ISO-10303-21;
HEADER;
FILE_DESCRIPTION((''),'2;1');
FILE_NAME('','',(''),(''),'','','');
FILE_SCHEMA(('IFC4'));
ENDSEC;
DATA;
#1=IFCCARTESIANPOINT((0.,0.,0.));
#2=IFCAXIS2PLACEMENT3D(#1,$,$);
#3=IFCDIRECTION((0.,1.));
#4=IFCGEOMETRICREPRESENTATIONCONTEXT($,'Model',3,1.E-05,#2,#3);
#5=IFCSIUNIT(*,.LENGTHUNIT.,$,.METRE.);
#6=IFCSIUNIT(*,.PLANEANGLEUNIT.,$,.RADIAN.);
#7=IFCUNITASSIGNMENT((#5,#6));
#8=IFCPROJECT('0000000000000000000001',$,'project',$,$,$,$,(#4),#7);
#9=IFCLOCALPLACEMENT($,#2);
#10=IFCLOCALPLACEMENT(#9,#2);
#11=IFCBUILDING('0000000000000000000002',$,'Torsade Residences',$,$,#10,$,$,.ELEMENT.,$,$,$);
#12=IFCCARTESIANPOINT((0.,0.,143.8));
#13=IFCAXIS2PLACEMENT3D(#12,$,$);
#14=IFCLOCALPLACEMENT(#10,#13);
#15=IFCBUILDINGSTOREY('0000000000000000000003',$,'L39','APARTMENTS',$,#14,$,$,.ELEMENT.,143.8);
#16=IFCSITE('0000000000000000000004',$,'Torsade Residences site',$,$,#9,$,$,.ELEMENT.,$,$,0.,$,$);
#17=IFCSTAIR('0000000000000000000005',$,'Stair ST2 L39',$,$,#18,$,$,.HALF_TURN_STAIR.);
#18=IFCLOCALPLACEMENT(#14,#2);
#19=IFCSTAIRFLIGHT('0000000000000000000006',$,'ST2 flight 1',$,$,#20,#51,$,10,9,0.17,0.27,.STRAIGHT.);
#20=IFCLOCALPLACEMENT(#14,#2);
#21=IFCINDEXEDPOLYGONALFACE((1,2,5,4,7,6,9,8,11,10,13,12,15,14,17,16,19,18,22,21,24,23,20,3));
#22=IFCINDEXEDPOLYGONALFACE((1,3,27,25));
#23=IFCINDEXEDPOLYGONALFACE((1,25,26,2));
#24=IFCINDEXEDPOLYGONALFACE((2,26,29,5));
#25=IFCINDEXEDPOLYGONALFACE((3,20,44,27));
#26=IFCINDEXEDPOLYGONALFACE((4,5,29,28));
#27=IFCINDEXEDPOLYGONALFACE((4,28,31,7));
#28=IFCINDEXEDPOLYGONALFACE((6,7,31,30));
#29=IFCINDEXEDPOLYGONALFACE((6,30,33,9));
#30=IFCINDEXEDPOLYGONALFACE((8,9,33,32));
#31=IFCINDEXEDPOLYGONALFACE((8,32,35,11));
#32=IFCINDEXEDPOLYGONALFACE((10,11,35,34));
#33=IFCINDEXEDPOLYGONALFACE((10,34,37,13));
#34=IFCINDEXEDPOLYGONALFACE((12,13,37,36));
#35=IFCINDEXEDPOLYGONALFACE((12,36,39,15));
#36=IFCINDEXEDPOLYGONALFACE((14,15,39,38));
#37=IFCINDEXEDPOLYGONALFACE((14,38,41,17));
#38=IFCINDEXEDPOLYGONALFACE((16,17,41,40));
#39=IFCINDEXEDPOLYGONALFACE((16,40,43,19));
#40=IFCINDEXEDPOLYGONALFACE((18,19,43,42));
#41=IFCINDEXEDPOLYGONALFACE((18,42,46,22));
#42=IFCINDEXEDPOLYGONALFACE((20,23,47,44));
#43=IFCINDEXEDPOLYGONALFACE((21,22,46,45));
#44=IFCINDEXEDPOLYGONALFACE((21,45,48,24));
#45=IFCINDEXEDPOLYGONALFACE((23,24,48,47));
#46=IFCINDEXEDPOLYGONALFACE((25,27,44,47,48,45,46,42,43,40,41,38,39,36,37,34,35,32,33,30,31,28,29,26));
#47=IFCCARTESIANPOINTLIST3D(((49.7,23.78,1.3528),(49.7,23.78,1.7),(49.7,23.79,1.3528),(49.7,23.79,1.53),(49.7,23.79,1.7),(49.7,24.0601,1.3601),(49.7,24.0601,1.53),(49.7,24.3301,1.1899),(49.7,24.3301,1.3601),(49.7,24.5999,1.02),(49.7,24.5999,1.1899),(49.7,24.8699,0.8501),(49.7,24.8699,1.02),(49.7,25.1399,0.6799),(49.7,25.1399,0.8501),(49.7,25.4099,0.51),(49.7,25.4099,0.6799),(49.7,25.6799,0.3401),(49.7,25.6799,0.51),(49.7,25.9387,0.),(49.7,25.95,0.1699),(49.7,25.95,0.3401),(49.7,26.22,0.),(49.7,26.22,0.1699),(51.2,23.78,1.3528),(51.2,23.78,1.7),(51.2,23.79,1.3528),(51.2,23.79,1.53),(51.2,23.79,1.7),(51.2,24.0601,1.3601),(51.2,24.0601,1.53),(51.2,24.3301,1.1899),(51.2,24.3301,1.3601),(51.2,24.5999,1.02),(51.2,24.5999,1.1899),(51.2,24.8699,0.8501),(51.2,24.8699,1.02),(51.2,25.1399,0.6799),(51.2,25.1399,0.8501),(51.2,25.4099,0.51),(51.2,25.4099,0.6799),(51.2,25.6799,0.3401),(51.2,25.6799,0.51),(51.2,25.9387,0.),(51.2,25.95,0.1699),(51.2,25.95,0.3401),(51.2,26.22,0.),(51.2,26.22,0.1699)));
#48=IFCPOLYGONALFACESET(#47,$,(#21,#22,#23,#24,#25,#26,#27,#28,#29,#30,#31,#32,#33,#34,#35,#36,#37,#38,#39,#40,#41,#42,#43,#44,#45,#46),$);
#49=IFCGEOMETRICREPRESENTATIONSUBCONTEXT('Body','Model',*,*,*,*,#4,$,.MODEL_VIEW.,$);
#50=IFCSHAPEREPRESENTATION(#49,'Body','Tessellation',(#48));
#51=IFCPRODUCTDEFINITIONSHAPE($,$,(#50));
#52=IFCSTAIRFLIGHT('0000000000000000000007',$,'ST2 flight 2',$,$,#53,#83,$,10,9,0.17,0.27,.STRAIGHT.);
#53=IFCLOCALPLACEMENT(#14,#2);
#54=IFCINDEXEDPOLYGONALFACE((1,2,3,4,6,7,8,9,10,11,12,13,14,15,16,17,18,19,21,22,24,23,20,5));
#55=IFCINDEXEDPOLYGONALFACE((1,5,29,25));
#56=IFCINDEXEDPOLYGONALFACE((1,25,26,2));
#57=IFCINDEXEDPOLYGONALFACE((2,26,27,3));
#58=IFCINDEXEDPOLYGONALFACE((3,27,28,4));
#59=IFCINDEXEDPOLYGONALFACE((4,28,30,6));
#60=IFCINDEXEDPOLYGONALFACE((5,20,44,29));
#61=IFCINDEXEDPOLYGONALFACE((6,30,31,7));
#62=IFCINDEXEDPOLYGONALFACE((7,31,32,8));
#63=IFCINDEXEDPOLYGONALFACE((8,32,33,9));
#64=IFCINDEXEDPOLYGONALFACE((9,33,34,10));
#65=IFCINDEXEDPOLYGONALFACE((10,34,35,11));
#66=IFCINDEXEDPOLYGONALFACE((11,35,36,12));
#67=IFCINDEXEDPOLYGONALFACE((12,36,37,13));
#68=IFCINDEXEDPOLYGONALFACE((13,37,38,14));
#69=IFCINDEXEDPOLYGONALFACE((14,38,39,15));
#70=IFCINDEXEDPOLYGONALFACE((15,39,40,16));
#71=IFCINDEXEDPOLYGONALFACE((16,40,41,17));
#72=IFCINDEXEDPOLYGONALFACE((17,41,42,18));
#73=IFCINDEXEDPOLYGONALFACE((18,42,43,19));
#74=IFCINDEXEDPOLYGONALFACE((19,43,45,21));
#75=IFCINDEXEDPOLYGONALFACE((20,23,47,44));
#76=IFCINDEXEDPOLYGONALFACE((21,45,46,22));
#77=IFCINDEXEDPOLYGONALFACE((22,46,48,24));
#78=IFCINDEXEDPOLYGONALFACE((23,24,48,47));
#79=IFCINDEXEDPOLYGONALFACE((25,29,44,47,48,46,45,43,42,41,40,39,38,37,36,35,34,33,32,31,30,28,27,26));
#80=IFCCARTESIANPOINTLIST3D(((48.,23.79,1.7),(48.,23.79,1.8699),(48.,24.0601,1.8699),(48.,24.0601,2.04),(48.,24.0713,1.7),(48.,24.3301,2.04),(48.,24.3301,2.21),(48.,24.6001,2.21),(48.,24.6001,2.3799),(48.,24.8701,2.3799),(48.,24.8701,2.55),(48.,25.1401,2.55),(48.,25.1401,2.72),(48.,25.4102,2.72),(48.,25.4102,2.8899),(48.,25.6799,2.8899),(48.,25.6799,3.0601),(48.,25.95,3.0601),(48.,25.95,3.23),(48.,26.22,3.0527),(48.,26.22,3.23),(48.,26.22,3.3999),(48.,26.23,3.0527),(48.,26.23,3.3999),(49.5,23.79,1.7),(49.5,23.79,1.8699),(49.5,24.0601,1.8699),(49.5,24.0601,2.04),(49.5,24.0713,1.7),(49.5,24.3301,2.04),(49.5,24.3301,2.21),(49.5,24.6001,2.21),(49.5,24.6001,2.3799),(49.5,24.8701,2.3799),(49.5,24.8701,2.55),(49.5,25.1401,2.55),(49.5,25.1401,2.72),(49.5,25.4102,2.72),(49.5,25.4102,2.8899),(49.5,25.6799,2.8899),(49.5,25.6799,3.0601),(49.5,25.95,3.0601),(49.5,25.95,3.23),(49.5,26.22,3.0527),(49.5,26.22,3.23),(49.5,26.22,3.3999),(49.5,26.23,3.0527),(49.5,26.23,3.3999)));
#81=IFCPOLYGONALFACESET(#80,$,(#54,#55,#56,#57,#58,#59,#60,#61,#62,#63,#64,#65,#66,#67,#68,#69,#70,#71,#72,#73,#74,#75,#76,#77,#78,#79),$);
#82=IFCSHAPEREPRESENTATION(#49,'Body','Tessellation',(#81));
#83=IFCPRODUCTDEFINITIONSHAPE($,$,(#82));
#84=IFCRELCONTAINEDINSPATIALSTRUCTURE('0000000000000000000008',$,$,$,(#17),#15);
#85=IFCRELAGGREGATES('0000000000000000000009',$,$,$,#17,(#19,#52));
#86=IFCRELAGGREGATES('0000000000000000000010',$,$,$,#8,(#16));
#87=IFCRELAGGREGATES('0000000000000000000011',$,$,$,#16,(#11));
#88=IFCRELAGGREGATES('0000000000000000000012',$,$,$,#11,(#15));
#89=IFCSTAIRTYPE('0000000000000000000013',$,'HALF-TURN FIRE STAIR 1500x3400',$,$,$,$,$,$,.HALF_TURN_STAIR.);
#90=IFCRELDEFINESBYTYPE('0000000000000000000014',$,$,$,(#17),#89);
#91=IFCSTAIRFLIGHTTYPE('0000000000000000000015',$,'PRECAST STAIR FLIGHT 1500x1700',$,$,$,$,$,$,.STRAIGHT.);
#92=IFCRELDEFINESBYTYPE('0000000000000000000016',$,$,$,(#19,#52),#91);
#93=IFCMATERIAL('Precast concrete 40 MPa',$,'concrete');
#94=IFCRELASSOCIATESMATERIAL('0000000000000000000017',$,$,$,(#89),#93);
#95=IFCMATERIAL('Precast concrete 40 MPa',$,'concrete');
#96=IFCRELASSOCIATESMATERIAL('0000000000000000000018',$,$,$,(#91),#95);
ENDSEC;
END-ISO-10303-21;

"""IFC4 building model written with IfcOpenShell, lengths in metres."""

from ifc_helpers import new_model, si_unit, direction, frame, origin, place, context, subcontext, project, spatial, polyline, outline, extrude, material, type_object, element, aggregate, save


model = new_model("IFC4")

# Units and contexts
model_context = context("Model", 3, precision=1e-05, world=origin(), true_north=direction((0.0, 1.0)))
body_context = subcontext(model_context, "Body", "Model", "MODEL_VIEW")
ifc_project = project(units=[si_unit("LENGTHUNIT", "METRE"), si_unit("PLANEANGLEUNIT", "RADIAN")], contexts=[model_context])

# Site, building, storey
site_placement = place(None, origin())
site = spatial("IfcSite", under=ifc_project, at=site_placement, Name="Torsade Residences site", CompositionType="ELEMENT", RefElevation=0.0)
building_placement = place(site_placement, origin())
building = spatial("IfcBuilding", under=site, at=building_placement, Name="Torsade Residences", CompositionType="ELEMENT")
storey_placement = place(building_placement, frame((0.0, 0.0, 143.8)))
storey = spatial("IfcBuildingStorey", under=building, at=storey_placement, Name="L39", Description="APARTMENTS", CompositionType="ELEMENT", Elevation=143.8)

# Stair, stair flights
ifc_material_1 = material(Name="Precast concrete 40 MPa", Category="concrete")
stair_type = type_object("IfcStairType", Name="HALF-TURN FIRE STAIR 1500x3400", PredefinedType="HALF_TURN_STAIR", material=ifc_material_1)
stair_placement = place(storey_placement, origin())
stair = element("IfcStair", 1, at=stair_placement, inside=storey, type_object=stair_type, Name="Stair ST2 L39", PredefinedType="HALF_TURN_STAIR")
ifc_material_2 = material(Name="Precast concrete 40 MPa", Category="concrete")
stair_flight_type = type_object("IfcStairFlightType", Name="PRECAST STAIR FLIGHT 1500x1700", PredefinedType="STRAIGHT", material=ifc_material_2)
stair_flight_1_placement = place(storey_placement, frame((50.45, 26.22, 0.0), z_axis=(0.0, 0.0, 1.0), x_axis=(0.0, -1.0, 0.0)))
stair_flight_1 = element("IfcStairFlight", 2, at=stair_flight_1_placement, type_object=stair_flight_type, Name="ST2 flight 1", NumberOfRisers=10, NumberOfTreads=9, PredefinedType="STRAIGHT", RiserHeight=0.17, TreadLength=0.27, context=body_context, shape_type="SweptSolid", body=[
    extrude(outline(polyline([(0.0, 0.0), (0.0, 0.1699), (0.27, 0.1699), (0.27, 0.3401), (0.54, 0.3401), (0.54, 0.51), (0.8101, 0.51), (0.8101, 0.6799), (1.0801, 0.6799), (1.0801, 0.8501), (1.3501, 0.8501), (1.3501, 1.02), (1.6201, 1.02), (1.6201, 1.1899), (1.8899, 1.1899), (1.8899, 1.3601), (2.1599, 1.3601), (2.1599, 1.53), (2.4299, 1.53), (2.4299, 1.7), (2.4399, 1.7), (2.4399, 1.3528), (2.4299, 1.3528), (0.2812, 0.0), (0.0, 0.0)])), frame((0.0, 0.75, 0.0), z_axis=(0.0, -1.0, 0.0), x_axis=(1.0, 0.0, 0.0)), (0.0, 0.0, 1.0), 1.5),
])
stair_flight_2_placement = place(storey_placement, frame((48.75, 23.79, 1.7), z_axis=(0.0, 0.0, 1.0), x_axis=(0.0, 1.0, 0.0)))
stair_flight_2 = element("IfcStairFlight", 3, at=stair_flight_2_placement, type_object=stair_flight_type, Name="ST2 flight 2", NumberOfRisers=10, NumberOfTreads=9, PredefinedType="STRAIGHT", RiserHeight=0.17, TreadLength=0.27, context=body_context, shape_type="SweptSolid", body=[
    extrude(outline(polyline([(0.0, 0.0), (0.0, 0.1699), (0.27, 0.1699), (0.27, 0.3401), (0.54, 0.3401), (0.54, 0.51), (0.8101, 0.51), (0.8101, 0.6799), (1.0801, 0.6799), (1.0801, 0.8501), (1.3501, 0.8501), (1.3501, 1.02), (1.6201, 1.02), (1.6201, 1.1899), (1.8899, 1.1899), (1.8899, 1.3601), (2.1599, 1.3601), (2.1599, 1.53), (2.4299, 1.53), (2.4299, 1.7), (2.4399, 1.7), (2.4399, 1.3528), (2.4299, 1.3528), (0.2812, 0.0), (0.0, 0.0)])), frame((0.0, 0.75, 0.0), z_axis=(0.0, -1.0, 0.0), x_axis=(1.0, 0.0, 0.0)), (0.0, 0.0, 1.0), 1.5),
])
aggregate(stair, [stair_flight_1, stair_flight_2])

save(model, "model.ifc")
